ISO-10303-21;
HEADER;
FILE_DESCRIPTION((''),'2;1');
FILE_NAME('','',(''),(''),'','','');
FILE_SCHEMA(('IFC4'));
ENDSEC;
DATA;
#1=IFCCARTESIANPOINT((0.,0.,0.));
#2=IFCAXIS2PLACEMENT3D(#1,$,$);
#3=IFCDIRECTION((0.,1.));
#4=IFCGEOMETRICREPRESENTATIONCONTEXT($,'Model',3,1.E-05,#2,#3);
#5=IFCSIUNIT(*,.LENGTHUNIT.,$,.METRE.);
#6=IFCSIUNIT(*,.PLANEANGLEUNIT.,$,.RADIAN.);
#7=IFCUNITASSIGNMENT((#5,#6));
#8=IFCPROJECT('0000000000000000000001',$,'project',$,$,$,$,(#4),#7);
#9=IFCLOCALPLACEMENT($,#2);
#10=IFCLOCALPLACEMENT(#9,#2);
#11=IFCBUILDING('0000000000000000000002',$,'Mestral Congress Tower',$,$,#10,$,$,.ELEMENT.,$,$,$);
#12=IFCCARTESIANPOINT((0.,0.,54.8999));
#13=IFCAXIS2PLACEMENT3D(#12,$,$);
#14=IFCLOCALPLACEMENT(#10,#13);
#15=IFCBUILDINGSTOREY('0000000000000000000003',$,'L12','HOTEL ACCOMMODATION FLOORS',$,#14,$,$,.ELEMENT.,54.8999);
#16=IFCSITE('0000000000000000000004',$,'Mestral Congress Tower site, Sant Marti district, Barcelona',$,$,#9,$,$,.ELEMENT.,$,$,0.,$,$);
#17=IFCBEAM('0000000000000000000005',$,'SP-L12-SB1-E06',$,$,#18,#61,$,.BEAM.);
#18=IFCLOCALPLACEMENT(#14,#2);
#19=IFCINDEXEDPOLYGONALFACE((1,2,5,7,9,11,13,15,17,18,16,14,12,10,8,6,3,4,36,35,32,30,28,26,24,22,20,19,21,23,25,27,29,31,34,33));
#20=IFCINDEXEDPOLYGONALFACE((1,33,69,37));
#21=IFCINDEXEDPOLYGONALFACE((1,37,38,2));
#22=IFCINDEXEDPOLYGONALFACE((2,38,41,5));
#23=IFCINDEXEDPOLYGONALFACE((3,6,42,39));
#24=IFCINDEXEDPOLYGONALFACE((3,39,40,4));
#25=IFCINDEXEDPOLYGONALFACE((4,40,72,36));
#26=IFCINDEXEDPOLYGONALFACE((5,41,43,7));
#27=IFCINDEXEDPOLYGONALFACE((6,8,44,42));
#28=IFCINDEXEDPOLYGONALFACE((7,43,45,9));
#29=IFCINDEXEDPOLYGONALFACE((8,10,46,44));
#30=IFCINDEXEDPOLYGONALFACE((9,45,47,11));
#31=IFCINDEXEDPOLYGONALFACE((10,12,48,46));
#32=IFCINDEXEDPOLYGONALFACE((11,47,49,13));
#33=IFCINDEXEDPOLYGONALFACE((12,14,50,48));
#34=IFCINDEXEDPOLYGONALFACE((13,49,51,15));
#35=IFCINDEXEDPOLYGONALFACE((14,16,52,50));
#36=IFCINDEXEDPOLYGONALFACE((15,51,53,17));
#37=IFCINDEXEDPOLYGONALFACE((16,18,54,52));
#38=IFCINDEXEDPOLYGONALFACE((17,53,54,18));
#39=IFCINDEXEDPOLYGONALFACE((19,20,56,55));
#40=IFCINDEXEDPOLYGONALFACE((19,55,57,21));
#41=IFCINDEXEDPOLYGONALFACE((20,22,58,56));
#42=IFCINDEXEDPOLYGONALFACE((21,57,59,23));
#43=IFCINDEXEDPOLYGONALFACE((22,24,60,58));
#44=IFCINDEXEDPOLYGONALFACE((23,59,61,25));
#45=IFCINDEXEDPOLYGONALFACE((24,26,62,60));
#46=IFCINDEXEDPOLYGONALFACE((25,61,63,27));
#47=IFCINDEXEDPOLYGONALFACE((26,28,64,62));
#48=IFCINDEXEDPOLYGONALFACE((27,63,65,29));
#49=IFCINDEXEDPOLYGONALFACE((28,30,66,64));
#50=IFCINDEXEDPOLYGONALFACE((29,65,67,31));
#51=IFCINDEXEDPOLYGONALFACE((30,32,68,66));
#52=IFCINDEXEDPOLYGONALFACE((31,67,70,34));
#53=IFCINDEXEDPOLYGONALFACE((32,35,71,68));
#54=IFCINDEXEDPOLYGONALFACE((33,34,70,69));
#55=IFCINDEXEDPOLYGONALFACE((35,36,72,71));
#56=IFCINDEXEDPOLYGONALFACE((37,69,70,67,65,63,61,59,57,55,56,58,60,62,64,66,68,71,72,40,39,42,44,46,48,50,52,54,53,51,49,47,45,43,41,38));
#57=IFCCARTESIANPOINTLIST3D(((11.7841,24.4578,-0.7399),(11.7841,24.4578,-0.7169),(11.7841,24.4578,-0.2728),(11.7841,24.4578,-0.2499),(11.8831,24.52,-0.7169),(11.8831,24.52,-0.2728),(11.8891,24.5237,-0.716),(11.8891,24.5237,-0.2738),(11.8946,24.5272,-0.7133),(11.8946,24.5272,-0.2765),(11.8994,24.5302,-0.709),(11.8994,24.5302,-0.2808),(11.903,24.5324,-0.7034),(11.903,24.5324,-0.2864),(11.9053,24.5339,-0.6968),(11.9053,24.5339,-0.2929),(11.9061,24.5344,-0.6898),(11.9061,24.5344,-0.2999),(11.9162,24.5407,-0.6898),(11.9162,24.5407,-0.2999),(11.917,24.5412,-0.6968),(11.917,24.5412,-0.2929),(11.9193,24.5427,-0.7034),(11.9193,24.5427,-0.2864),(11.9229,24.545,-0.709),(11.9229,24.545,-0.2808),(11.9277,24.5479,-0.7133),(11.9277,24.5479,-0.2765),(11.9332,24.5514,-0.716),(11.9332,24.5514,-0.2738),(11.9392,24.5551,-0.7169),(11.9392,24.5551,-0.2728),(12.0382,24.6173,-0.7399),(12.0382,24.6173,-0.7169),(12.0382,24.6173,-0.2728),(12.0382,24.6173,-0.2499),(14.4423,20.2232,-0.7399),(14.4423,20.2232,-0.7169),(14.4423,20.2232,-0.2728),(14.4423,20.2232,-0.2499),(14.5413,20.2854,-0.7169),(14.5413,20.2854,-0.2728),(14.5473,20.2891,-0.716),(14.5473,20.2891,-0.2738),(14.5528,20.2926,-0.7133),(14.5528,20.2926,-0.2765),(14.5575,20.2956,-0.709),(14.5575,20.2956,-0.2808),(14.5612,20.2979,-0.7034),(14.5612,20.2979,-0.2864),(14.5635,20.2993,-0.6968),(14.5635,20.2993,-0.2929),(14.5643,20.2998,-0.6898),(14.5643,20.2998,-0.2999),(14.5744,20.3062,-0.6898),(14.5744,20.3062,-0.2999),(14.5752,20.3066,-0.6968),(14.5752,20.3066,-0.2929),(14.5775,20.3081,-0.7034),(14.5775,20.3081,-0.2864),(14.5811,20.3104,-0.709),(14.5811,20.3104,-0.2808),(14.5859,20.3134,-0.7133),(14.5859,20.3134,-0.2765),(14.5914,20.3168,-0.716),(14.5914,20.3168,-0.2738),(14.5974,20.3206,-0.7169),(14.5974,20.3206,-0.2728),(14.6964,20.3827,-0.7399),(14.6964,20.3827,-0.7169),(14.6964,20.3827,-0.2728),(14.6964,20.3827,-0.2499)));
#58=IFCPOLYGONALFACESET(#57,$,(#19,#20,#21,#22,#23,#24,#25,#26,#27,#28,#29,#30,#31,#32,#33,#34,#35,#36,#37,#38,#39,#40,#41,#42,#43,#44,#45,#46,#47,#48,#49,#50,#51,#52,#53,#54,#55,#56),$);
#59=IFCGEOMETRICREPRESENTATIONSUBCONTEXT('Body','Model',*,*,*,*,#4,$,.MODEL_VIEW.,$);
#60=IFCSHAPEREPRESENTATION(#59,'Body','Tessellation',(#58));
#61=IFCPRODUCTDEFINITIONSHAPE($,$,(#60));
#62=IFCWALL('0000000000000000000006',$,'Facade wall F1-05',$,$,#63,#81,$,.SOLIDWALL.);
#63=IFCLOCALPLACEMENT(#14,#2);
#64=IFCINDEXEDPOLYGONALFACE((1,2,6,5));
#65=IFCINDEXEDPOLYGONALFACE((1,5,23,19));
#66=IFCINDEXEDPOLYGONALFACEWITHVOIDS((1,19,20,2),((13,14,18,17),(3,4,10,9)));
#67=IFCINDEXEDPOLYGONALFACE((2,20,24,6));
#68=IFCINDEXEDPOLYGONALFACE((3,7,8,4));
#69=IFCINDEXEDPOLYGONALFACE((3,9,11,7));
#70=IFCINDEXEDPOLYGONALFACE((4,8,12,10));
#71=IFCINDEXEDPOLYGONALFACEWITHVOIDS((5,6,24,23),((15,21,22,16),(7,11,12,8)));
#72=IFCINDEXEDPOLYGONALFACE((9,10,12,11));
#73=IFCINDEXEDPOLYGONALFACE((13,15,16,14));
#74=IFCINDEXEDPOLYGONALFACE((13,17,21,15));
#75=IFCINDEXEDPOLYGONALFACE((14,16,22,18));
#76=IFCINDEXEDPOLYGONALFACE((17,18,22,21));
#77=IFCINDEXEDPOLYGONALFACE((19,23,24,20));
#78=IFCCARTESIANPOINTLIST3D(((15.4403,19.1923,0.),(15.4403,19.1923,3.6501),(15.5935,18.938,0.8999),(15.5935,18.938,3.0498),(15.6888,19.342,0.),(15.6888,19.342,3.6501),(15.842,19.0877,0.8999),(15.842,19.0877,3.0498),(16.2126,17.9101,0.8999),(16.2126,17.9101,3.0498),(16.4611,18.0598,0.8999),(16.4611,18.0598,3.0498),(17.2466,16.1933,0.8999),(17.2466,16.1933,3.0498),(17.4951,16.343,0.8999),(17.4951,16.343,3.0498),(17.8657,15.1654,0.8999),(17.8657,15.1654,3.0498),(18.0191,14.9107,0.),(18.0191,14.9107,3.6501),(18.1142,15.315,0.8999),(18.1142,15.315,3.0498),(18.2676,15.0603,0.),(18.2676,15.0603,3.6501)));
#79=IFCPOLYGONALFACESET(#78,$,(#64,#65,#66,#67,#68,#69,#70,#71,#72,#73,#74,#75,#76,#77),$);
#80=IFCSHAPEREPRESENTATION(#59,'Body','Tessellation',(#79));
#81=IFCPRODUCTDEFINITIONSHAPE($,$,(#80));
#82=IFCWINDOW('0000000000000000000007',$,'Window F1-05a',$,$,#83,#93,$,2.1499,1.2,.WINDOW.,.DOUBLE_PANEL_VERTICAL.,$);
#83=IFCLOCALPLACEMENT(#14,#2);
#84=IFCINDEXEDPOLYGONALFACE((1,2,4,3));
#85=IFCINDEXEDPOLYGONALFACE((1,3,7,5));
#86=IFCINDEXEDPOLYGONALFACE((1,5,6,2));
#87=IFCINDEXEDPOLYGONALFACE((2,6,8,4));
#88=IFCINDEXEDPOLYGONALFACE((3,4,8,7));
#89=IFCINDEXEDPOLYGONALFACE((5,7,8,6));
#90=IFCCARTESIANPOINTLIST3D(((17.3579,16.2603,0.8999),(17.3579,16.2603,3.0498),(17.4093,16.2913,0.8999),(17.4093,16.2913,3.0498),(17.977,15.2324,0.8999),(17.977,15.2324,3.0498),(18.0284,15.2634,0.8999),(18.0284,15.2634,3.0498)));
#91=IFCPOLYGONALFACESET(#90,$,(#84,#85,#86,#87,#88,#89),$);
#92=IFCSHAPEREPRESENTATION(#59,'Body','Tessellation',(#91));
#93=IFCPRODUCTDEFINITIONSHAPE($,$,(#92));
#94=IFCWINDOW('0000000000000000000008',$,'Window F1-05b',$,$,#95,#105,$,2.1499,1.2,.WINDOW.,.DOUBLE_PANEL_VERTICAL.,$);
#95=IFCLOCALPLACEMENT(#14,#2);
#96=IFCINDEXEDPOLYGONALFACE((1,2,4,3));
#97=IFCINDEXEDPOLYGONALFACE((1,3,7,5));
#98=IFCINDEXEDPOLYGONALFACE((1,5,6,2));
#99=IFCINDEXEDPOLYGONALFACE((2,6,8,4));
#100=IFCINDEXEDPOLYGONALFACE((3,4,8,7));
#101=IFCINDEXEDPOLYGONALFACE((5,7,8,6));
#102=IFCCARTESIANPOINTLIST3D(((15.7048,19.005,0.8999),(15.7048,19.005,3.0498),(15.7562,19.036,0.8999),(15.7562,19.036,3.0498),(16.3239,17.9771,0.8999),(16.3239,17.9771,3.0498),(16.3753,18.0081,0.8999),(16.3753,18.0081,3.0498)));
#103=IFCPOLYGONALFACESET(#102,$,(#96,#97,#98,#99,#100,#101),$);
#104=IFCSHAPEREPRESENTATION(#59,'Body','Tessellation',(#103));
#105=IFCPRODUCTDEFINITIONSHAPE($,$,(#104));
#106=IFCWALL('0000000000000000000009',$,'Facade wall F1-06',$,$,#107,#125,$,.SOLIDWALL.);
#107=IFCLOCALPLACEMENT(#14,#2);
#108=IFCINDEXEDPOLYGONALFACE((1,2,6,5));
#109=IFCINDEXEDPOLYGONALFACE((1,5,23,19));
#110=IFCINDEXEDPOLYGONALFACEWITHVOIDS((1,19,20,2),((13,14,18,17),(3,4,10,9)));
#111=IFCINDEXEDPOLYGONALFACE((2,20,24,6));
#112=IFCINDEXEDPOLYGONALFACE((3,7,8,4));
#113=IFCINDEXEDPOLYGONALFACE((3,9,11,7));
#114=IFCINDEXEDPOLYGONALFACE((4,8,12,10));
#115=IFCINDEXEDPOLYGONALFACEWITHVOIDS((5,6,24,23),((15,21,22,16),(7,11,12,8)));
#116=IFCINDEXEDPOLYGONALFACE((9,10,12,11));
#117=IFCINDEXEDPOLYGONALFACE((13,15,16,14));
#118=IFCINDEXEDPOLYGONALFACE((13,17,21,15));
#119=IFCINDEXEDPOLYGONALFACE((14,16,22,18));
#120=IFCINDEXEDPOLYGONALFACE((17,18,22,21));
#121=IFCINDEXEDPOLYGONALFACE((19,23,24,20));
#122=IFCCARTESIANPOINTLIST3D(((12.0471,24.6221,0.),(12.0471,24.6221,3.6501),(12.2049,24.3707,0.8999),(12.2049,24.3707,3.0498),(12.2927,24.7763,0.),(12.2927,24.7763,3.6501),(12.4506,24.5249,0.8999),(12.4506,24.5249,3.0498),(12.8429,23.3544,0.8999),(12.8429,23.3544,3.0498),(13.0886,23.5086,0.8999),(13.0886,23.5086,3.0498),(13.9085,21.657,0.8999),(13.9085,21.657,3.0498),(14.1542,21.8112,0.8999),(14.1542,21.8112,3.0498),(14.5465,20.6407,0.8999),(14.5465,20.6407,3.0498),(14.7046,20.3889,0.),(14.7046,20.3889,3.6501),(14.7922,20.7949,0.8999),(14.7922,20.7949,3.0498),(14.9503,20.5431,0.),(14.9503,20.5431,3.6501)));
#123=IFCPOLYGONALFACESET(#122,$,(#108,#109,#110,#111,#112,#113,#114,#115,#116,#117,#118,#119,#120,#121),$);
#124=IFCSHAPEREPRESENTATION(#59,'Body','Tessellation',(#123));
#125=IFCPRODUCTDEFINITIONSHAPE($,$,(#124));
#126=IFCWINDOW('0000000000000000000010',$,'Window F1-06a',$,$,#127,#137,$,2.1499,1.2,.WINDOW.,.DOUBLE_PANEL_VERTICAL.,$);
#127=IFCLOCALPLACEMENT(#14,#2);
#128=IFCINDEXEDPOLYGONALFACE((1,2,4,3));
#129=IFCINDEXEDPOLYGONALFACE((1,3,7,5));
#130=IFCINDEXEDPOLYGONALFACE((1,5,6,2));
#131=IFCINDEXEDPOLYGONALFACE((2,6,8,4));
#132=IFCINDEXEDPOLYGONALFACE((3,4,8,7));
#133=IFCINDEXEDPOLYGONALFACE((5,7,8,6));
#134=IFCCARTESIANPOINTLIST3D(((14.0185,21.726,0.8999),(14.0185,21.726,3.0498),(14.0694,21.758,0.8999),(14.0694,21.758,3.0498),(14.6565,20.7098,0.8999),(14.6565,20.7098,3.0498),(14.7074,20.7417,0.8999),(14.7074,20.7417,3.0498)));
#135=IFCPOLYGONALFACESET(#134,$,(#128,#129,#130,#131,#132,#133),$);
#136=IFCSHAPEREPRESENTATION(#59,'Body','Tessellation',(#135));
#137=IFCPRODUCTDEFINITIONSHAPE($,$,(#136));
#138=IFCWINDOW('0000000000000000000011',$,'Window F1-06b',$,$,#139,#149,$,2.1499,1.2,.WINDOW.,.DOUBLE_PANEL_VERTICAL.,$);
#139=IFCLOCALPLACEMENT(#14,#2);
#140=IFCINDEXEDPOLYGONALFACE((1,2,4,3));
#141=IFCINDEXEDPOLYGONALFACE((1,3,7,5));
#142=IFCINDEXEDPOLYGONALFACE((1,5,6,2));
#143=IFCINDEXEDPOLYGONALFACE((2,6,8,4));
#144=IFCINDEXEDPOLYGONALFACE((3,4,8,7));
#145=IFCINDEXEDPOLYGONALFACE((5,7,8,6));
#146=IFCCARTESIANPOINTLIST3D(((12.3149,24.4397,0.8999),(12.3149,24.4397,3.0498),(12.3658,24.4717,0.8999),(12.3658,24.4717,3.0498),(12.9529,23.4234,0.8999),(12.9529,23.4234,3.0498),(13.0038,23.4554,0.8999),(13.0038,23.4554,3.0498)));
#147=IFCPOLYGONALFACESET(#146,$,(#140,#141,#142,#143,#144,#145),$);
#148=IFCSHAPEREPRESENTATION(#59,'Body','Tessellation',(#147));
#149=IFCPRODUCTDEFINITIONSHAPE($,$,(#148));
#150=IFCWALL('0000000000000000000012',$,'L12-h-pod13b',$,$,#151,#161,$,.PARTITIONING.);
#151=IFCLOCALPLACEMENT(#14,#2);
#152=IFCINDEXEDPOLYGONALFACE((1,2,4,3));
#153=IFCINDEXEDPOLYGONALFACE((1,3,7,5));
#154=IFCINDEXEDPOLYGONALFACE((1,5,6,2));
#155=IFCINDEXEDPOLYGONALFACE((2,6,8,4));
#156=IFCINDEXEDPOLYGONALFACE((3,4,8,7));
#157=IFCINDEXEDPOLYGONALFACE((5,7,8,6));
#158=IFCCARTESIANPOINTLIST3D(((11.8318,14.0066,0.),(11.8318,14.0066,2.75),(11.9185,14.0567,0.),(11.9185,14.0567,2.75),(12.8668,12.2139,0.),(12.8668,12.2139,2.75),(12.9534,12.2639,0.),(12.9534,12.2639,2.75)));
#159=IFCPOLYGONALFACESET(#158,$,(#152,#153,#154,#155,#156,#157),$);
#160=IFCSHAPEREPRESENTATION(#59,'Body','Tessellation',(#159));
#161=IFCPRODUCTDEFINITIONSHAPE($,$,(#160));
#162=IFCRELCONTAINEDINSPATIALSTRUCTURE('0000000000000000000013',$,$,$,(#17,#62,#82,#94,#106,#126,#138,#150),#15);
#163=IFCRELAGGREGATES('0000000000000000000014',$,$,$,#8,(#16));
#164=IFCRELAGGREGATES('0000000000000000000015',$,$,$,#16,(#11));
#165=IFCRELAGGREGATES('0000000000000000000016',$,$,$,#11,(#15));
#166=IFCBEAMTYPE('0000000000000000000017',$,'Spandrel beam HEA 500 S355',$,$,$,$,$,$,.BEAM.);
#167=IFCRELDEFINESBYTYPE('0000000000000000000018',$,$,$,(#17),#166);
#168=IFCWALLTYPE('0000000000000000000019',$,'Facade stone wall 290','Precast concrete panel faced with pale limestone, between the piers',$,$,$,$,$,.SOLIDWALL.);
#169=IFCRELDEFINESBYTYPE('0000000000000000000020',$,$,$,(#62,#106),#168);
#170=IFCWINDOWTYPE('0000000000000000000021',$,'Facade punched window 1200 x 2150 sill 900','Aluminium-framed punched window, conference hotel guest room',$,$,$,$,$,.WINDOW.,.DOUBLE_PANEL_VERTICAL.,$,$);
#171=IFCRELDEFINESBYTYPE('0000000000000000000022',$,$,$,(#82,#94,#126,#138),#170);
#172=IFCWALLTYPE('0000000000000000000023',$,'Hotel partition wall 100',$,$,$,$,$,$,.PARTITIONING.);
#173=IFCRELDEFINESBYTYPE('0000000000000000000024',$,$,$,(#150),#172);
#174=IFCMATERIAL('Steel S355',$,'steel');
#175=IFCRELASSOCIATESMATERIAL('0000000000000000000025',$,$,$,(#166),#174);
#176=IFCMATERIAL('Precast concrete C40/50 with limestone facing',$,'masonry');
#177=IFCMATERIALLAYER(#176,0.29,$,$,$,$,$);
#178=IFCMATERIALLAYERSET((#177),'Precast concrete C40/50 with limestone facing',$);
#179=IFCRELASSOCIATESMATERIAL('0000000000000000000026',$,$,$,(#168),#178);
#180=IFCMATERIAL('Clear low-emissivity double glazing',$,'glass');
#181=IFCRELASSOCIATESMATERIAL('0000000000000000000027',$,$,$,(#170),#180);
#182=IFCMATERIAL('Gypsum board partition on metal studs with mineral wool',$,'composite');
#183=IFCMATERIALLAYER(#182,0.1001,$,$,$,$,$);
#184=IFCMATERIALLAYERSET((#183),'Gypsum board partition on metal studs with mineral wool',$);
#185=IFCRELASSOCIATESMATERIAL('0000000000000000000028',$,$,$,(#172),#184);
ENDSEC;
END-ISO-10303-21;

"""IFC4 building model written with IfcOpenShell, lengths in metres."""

from ifc_helpers import new_model, si_unit, direction, frame, frame_2d, origin, origin_2d, place, context, subcontext, project, spatial, rectangle, i_section, extrude, material, layer, layer_set, material_profile, profile_set, type_object, element, fill, save


model = new_model("IFC4")

# Units and contexts
model_context = context("Model", 3, precision=1e-05, world=origin(), true_north=direction((0.0, 1.0)))
body_context = subcontext(model_context, "Body", "Model", "MODEL_VIEW")
ifc_project = project(units=[si_unit("LENGTHUNIT", "METRE"), si_unit("PLANEANGLEUNIT", "RADIAN")], contexts=[model_context])

# Site, building, storey
site_placement = place(None, origin())
site = spatial("IfcSite", under=ifc_project, at=site_placement, Name="Mestral Congress Tower site, Sant Marti district, Barcelona", CompositionType="ELEMENT", RefElevation=0.0)
building_placement = place(site_placement, origin())
building = spatial("IfcBuilding", under=site, at=building_placement, Name="Mestral Congress Tower", CompositionType="ELEMENT")
storey_placement = place(building_placement, frame((0.0, 0.0, 54.8999)))
storey = spatial("IfcBuildingStorey", under=building, at=storey_placement, Name="L12", Description="HOTEL ACCOMMODATION FLOORS", CompositionType="ELEMENT", Elevation=54.8999)

# Beam
ifc_material_1 = material(Name="Steel S355", Category="steel")
ifc_material_profile_1 = material_profile(ifc_material_1, i_section(OverallWidth=0.3, OverallDepth=0.49, WebThickness=0.012, FlangeThickness=0.0229, FilletRadius=0.0271, at=origin_2d()), Name="HEA 500")
ifc_profile_set_1 = profile_set([ifc_material_profile_1], Name="Steel S355")
beam_type_1 = type_object("IfcBeamType", Name="Spandrel beam HEA 500 S355", PredefinedType="BEAM", material=ifc_profile_set_1)
for number, where, z_axis, x_axis, name in (
    (1, (14.5693, 20.303, -0.4949), (-0.531661, 0.846957, 0.0), (-0.846957, -0.531661, 0.0), "SP-L12-SB1-E06"),
):
    element("IfcBeam", number, at=place(storey_placement, frame(where, z_axis=z_axis, x_axis=x_axis)), inside=storey, type_object=beam_type_1, Name=name, PredefinedType="BEAM", context=body_context, shape_type="SweptSolid", body=[
        extrude(i_section(OverallWidth=0.3, OverallDepth=0.49, WebThickness=0.012, FlangeThickness=0.0229, FilletRadius=0.0271, at=origin_2d()), origin(), (0.0, 0.0, 1.0), 4.9998),
    ])

# Walls, openings, windows
ifc_material_2 = material(Name="Precast concrete C40/50 with limestone facing", Category="masonry")
ifc_layer_1 = layer(ifc_material_2, 0.29)
ifc_layer_set_1 = layer_set([ifc_layer_1], Name="Precast concrete C40/50 with limestone facing")
wall_type_1 = type_object("IfcWallType", Name="Facade stone wall 290", Description="Precast concrete panel faced with pale limestone, between the piers", PredefinedType="SOLIDWALL", material=ifc_layer_set_1)
wall_1_placement = place(storey_placement, frame((18.1433, 14.9856, 0.0), z_axis=(0.0, 0.0, 1.0), x_axis=(-0.515939, 0.856625, 0.0)))
wall_1 = element("IfcWall", 2, at=wall_1_placement, inside=storey, type_object=wall_type_1, Name="Facade wall F1-05", PredefinedType="SOLIDWALL", context=body_context, shape_type="SweptSolid", body=[
    extrude(rectangle(XDim=4.9983, YDim=0.29, at=frame_2d((2.499, 0.0))), origin(), (0.0, 0.0, 1.0), 3.6501),
])
opening_1_placement = place(wall_1_placement, frame((0.2971, 0.0, 0.8999)))
opening_1 = element("IfcOpeningElement", 3, at=opening_1_placement, cuts=wall_1, PredefinedType="OPENING", context=body_context, shape_type="SweptSolid", body=[
    extrude(rectangle(XDim=1.2, YDim=2.1499, at=frame_2d((0.6001, 1.075))), frame((0.0, 0.155, 0.0), z_axis=(0.0, -1.0, 0.0), x_axis=(1.0, 0.0, 0.0)), (0.0, 0.0, 1.0), 0.3101),
])
opening_2_placement = place(wall_1_placement, frame((3.5012, 0.0, 0.8999)))
opening_2 = element("IfcOpeningElement", 4, at=opening_2_placement, cuts=wall_1, PredefinedType="OPENING", context=body_context, shape_type="SweptSolid", body=[
    extrude(rectangle(XDim=1.2, YDim=2.1499, at=frame_2d((0.6001, 1.075))), frame((0.0, 0.155, 0.0), z_axis=(0.0, -1.0, 0.0), x_axis=(1.0, 0.0, 0.0)), (0.0, 0.0, 1.0), 0.3101),
])
ifc_material_3 = material(Name="Clear low-emissivity double glazing", Category="glass")
window_type = type_object("IfcWindowType", Name="Facade punched window 1200 x 2150 sill 900", Description="Aluminium-framed punched window, conference hotel guest room", PartitioningType="DOUBLE_PANEL_VERTICAL", PredefinedType="WINDOW", material=ifc_material_3)
window_1_placement = place(opening_1_placement, origin())
window_1 = element("IfcWindow", 5, at=window_1_placement, inside=storey, type_object=window_type, Name="Window F1-05a", OverallHeight=2.1499, OverallWidth=1.2, PartitioningType="DOUBLE_PANEL_VERTICAL", PredefinedType="WINDOW", context=body_context, shape_type="SweptSolid", body=[
    extrude(rectangle(XDim=1.2, YDim=2.1499, at=frame_2d((0.6001, 1.075))), frame((0.0, 0.0151, 0.0), z_axis=(0.0, -1.0, 0.0), x_axis=(1.0, 0.0, 0.0)), (0.0, 0.0, 1.0), 0.0601),
])
fill(opening_1, window_1)
window_2_placement = place(opening_2_placement, origin())
window_2 = element("IfcWindow", 6, at=window_2_placement, inside=storey, type_object=window_type, Name="Window F1-05b", OverallHeight=2.1499, OverallWidth=1.2, PartitioningType="DOUBLE_PANEL_VERTICAL", PredefinedType="WINDOW", context=body_context, shape_type="SweptSolid", body=[
    extrude(rectangle(XDim=1.2, YDim=2.1499, at=frame_2d((0.6001, 1.075))), frame((0.0, 0.0151, 0.0), z_axis=(0.0, -1.0, 0.0), x_axis=(1.0, 0.0, 0.0)), (0.0, 0.0, 1.0), 0.0601),
])
fill(opening_2, window_2)
wall_2_placement = place(storey_placement, frame((14.8274, 20.4661, 0.0), z_axis=(0.0, 0.0, 1.0), x_axis=(-0.531688, 0.84694, 0.0)))
wall_2 = element("IfcWall", 7, at=wall_2_placement, inside=storey, type_object=wall_type_1, Name="Facade wall F1-06", PredefinedType="SOLIDWALL", context=body_context, shape_type="SweptSolid", body=[
    extrude(rectangle(XDim=4.9983, YDim=0.29, at=frame_2d((2.499, 0.0))), origin(), (0.0, 0.0, 1.0), 3.6501),
])
opening_3_placement = place(wall_2_placement, frame((0.2971, 0.0, 0.8999)))
opening_3 = element("IfcOpeningElement", 8, at=opening_3_placement, cuts=wall_2, PredefinedType="OPENING", context=body_context, shape_type="SweptSolid", body=[
    extrude(rectangle(XDim=1.2, YDim=2.1499, at=frame_2d((0.6001, 1.075))), frame((0.0, 0.155, 0.0), z_axis=(0.0, -1.0, 0.0), x_axis=(1.0, 0.0, 0.0)), (0.0, 0.0, 1.0), 0.3101),
])
opening_4_placement = place(wall_2_placement, frame((3.5012, 0.0, 0.8999)))
opening_4 = element("IfcOpeningElement", 9, at=opening_4_placement, cuts=wall_2, PredefinedType="OPENING", context=body_context, shape_type="SweptSolid", body=[
    extrude(rectangle(XDim=1.2, YDim=2.1499, at=frame_2d((0.6001, 1.075))), frame((0.0, 0.155, 0.0), z_axis=(0.0, -1.0, 0.0), x_axis=(1.0, 0.0, 0.0)), (0.0, 0.0, 1.0), 0.3101),
])
window_3_placement = place(opening_3_placement, origin())
window_3 = element("IfcWindow", 10, at=window_3_placement, inside=storey, type_object=window_type, Name="Window F1-06a", OverallHeight=2.1499, OverallWidth=1.2, PartitioningType="DOUBLE_PANEL_VERTICAL", PredefinedType="WINDOW", context=body_context, shape_type="SweptSolid", body=[
    extrude(rectangle(XDim=1.2, YDim=2.1499, at=frame_2d((0.6001, 1.075))), frame((0.0, 0.0151, 0.0), z_axis=(0.0, -1.0, 0.0), x_axis=(1.0, 0.0, 0.0)), (0.0, 0.0, 1.0), 0.0601),
])
fill(opening_3, window_3)
window_4_placement = place(opening_4_placement, origin())
window_4 = element("IfcWindow", 11, at=window_4_placement, inside=storey, type_object=window_type, Name="Window F1-06b", OverallHeight=2.1499, OverallWidth=1.2, PartitioningType="DOUBLE_PANEL_VERTICAL", PredefinedType="WINDOW", context=body_context, shape_type="SweptSolid", body=[
    extrude(rectangle(XDim=1.2, YDim=2.1499, at=frame_2d((0.6001, 1.075))), frame((0.0, 0.0151, 0.0), z_axis=(0.0, -1.0, 0.0), x_axis=(1.0, 0.0, 0.0)), (0.0, 0.0, 1.0), 0.0601),
])
fill(opening_4, window_4)

# Wall
ifc_material_4 = material(Name="Gypsum board partition on metal studs with mineral wool", Category="composite")
ifc_layer_2 = layer(ifc_material_4, 0.1001)
ifc_layer_set_2 = layer_set([ifc_layer_2], Name="Gypsum board partition on metal studs with mineral wool")
wall_type_2 = type_object("IfcWallType", Name="Hotel partition wall 100", PredefinedType="PARTITIONING", material=ifc_layer_set_2)
wall_3_placement = place(storey_placement, frame((12.9102, 12.2388, 0.0), z_axis=(0.0, 0.0, 1.0), x_axis=(-0.499957, 0.86605, 0.0)))
element("IfcWall", 12, at=wall_3_placement, inside=storey, type_object=wall_type_2, Name="L12-h-pod13b", PredefinedType="PARTITIONING", context=body_context, shape_type="SweptSolid", body=[
    extrude(rectangle(XDim=2.0701, YDim=0.1001, at=frame_2d((1.0352, 0.0))), origin(), (0.0, 0.0, 1.0), 2.75),
])

save(model, "model.ifc")
